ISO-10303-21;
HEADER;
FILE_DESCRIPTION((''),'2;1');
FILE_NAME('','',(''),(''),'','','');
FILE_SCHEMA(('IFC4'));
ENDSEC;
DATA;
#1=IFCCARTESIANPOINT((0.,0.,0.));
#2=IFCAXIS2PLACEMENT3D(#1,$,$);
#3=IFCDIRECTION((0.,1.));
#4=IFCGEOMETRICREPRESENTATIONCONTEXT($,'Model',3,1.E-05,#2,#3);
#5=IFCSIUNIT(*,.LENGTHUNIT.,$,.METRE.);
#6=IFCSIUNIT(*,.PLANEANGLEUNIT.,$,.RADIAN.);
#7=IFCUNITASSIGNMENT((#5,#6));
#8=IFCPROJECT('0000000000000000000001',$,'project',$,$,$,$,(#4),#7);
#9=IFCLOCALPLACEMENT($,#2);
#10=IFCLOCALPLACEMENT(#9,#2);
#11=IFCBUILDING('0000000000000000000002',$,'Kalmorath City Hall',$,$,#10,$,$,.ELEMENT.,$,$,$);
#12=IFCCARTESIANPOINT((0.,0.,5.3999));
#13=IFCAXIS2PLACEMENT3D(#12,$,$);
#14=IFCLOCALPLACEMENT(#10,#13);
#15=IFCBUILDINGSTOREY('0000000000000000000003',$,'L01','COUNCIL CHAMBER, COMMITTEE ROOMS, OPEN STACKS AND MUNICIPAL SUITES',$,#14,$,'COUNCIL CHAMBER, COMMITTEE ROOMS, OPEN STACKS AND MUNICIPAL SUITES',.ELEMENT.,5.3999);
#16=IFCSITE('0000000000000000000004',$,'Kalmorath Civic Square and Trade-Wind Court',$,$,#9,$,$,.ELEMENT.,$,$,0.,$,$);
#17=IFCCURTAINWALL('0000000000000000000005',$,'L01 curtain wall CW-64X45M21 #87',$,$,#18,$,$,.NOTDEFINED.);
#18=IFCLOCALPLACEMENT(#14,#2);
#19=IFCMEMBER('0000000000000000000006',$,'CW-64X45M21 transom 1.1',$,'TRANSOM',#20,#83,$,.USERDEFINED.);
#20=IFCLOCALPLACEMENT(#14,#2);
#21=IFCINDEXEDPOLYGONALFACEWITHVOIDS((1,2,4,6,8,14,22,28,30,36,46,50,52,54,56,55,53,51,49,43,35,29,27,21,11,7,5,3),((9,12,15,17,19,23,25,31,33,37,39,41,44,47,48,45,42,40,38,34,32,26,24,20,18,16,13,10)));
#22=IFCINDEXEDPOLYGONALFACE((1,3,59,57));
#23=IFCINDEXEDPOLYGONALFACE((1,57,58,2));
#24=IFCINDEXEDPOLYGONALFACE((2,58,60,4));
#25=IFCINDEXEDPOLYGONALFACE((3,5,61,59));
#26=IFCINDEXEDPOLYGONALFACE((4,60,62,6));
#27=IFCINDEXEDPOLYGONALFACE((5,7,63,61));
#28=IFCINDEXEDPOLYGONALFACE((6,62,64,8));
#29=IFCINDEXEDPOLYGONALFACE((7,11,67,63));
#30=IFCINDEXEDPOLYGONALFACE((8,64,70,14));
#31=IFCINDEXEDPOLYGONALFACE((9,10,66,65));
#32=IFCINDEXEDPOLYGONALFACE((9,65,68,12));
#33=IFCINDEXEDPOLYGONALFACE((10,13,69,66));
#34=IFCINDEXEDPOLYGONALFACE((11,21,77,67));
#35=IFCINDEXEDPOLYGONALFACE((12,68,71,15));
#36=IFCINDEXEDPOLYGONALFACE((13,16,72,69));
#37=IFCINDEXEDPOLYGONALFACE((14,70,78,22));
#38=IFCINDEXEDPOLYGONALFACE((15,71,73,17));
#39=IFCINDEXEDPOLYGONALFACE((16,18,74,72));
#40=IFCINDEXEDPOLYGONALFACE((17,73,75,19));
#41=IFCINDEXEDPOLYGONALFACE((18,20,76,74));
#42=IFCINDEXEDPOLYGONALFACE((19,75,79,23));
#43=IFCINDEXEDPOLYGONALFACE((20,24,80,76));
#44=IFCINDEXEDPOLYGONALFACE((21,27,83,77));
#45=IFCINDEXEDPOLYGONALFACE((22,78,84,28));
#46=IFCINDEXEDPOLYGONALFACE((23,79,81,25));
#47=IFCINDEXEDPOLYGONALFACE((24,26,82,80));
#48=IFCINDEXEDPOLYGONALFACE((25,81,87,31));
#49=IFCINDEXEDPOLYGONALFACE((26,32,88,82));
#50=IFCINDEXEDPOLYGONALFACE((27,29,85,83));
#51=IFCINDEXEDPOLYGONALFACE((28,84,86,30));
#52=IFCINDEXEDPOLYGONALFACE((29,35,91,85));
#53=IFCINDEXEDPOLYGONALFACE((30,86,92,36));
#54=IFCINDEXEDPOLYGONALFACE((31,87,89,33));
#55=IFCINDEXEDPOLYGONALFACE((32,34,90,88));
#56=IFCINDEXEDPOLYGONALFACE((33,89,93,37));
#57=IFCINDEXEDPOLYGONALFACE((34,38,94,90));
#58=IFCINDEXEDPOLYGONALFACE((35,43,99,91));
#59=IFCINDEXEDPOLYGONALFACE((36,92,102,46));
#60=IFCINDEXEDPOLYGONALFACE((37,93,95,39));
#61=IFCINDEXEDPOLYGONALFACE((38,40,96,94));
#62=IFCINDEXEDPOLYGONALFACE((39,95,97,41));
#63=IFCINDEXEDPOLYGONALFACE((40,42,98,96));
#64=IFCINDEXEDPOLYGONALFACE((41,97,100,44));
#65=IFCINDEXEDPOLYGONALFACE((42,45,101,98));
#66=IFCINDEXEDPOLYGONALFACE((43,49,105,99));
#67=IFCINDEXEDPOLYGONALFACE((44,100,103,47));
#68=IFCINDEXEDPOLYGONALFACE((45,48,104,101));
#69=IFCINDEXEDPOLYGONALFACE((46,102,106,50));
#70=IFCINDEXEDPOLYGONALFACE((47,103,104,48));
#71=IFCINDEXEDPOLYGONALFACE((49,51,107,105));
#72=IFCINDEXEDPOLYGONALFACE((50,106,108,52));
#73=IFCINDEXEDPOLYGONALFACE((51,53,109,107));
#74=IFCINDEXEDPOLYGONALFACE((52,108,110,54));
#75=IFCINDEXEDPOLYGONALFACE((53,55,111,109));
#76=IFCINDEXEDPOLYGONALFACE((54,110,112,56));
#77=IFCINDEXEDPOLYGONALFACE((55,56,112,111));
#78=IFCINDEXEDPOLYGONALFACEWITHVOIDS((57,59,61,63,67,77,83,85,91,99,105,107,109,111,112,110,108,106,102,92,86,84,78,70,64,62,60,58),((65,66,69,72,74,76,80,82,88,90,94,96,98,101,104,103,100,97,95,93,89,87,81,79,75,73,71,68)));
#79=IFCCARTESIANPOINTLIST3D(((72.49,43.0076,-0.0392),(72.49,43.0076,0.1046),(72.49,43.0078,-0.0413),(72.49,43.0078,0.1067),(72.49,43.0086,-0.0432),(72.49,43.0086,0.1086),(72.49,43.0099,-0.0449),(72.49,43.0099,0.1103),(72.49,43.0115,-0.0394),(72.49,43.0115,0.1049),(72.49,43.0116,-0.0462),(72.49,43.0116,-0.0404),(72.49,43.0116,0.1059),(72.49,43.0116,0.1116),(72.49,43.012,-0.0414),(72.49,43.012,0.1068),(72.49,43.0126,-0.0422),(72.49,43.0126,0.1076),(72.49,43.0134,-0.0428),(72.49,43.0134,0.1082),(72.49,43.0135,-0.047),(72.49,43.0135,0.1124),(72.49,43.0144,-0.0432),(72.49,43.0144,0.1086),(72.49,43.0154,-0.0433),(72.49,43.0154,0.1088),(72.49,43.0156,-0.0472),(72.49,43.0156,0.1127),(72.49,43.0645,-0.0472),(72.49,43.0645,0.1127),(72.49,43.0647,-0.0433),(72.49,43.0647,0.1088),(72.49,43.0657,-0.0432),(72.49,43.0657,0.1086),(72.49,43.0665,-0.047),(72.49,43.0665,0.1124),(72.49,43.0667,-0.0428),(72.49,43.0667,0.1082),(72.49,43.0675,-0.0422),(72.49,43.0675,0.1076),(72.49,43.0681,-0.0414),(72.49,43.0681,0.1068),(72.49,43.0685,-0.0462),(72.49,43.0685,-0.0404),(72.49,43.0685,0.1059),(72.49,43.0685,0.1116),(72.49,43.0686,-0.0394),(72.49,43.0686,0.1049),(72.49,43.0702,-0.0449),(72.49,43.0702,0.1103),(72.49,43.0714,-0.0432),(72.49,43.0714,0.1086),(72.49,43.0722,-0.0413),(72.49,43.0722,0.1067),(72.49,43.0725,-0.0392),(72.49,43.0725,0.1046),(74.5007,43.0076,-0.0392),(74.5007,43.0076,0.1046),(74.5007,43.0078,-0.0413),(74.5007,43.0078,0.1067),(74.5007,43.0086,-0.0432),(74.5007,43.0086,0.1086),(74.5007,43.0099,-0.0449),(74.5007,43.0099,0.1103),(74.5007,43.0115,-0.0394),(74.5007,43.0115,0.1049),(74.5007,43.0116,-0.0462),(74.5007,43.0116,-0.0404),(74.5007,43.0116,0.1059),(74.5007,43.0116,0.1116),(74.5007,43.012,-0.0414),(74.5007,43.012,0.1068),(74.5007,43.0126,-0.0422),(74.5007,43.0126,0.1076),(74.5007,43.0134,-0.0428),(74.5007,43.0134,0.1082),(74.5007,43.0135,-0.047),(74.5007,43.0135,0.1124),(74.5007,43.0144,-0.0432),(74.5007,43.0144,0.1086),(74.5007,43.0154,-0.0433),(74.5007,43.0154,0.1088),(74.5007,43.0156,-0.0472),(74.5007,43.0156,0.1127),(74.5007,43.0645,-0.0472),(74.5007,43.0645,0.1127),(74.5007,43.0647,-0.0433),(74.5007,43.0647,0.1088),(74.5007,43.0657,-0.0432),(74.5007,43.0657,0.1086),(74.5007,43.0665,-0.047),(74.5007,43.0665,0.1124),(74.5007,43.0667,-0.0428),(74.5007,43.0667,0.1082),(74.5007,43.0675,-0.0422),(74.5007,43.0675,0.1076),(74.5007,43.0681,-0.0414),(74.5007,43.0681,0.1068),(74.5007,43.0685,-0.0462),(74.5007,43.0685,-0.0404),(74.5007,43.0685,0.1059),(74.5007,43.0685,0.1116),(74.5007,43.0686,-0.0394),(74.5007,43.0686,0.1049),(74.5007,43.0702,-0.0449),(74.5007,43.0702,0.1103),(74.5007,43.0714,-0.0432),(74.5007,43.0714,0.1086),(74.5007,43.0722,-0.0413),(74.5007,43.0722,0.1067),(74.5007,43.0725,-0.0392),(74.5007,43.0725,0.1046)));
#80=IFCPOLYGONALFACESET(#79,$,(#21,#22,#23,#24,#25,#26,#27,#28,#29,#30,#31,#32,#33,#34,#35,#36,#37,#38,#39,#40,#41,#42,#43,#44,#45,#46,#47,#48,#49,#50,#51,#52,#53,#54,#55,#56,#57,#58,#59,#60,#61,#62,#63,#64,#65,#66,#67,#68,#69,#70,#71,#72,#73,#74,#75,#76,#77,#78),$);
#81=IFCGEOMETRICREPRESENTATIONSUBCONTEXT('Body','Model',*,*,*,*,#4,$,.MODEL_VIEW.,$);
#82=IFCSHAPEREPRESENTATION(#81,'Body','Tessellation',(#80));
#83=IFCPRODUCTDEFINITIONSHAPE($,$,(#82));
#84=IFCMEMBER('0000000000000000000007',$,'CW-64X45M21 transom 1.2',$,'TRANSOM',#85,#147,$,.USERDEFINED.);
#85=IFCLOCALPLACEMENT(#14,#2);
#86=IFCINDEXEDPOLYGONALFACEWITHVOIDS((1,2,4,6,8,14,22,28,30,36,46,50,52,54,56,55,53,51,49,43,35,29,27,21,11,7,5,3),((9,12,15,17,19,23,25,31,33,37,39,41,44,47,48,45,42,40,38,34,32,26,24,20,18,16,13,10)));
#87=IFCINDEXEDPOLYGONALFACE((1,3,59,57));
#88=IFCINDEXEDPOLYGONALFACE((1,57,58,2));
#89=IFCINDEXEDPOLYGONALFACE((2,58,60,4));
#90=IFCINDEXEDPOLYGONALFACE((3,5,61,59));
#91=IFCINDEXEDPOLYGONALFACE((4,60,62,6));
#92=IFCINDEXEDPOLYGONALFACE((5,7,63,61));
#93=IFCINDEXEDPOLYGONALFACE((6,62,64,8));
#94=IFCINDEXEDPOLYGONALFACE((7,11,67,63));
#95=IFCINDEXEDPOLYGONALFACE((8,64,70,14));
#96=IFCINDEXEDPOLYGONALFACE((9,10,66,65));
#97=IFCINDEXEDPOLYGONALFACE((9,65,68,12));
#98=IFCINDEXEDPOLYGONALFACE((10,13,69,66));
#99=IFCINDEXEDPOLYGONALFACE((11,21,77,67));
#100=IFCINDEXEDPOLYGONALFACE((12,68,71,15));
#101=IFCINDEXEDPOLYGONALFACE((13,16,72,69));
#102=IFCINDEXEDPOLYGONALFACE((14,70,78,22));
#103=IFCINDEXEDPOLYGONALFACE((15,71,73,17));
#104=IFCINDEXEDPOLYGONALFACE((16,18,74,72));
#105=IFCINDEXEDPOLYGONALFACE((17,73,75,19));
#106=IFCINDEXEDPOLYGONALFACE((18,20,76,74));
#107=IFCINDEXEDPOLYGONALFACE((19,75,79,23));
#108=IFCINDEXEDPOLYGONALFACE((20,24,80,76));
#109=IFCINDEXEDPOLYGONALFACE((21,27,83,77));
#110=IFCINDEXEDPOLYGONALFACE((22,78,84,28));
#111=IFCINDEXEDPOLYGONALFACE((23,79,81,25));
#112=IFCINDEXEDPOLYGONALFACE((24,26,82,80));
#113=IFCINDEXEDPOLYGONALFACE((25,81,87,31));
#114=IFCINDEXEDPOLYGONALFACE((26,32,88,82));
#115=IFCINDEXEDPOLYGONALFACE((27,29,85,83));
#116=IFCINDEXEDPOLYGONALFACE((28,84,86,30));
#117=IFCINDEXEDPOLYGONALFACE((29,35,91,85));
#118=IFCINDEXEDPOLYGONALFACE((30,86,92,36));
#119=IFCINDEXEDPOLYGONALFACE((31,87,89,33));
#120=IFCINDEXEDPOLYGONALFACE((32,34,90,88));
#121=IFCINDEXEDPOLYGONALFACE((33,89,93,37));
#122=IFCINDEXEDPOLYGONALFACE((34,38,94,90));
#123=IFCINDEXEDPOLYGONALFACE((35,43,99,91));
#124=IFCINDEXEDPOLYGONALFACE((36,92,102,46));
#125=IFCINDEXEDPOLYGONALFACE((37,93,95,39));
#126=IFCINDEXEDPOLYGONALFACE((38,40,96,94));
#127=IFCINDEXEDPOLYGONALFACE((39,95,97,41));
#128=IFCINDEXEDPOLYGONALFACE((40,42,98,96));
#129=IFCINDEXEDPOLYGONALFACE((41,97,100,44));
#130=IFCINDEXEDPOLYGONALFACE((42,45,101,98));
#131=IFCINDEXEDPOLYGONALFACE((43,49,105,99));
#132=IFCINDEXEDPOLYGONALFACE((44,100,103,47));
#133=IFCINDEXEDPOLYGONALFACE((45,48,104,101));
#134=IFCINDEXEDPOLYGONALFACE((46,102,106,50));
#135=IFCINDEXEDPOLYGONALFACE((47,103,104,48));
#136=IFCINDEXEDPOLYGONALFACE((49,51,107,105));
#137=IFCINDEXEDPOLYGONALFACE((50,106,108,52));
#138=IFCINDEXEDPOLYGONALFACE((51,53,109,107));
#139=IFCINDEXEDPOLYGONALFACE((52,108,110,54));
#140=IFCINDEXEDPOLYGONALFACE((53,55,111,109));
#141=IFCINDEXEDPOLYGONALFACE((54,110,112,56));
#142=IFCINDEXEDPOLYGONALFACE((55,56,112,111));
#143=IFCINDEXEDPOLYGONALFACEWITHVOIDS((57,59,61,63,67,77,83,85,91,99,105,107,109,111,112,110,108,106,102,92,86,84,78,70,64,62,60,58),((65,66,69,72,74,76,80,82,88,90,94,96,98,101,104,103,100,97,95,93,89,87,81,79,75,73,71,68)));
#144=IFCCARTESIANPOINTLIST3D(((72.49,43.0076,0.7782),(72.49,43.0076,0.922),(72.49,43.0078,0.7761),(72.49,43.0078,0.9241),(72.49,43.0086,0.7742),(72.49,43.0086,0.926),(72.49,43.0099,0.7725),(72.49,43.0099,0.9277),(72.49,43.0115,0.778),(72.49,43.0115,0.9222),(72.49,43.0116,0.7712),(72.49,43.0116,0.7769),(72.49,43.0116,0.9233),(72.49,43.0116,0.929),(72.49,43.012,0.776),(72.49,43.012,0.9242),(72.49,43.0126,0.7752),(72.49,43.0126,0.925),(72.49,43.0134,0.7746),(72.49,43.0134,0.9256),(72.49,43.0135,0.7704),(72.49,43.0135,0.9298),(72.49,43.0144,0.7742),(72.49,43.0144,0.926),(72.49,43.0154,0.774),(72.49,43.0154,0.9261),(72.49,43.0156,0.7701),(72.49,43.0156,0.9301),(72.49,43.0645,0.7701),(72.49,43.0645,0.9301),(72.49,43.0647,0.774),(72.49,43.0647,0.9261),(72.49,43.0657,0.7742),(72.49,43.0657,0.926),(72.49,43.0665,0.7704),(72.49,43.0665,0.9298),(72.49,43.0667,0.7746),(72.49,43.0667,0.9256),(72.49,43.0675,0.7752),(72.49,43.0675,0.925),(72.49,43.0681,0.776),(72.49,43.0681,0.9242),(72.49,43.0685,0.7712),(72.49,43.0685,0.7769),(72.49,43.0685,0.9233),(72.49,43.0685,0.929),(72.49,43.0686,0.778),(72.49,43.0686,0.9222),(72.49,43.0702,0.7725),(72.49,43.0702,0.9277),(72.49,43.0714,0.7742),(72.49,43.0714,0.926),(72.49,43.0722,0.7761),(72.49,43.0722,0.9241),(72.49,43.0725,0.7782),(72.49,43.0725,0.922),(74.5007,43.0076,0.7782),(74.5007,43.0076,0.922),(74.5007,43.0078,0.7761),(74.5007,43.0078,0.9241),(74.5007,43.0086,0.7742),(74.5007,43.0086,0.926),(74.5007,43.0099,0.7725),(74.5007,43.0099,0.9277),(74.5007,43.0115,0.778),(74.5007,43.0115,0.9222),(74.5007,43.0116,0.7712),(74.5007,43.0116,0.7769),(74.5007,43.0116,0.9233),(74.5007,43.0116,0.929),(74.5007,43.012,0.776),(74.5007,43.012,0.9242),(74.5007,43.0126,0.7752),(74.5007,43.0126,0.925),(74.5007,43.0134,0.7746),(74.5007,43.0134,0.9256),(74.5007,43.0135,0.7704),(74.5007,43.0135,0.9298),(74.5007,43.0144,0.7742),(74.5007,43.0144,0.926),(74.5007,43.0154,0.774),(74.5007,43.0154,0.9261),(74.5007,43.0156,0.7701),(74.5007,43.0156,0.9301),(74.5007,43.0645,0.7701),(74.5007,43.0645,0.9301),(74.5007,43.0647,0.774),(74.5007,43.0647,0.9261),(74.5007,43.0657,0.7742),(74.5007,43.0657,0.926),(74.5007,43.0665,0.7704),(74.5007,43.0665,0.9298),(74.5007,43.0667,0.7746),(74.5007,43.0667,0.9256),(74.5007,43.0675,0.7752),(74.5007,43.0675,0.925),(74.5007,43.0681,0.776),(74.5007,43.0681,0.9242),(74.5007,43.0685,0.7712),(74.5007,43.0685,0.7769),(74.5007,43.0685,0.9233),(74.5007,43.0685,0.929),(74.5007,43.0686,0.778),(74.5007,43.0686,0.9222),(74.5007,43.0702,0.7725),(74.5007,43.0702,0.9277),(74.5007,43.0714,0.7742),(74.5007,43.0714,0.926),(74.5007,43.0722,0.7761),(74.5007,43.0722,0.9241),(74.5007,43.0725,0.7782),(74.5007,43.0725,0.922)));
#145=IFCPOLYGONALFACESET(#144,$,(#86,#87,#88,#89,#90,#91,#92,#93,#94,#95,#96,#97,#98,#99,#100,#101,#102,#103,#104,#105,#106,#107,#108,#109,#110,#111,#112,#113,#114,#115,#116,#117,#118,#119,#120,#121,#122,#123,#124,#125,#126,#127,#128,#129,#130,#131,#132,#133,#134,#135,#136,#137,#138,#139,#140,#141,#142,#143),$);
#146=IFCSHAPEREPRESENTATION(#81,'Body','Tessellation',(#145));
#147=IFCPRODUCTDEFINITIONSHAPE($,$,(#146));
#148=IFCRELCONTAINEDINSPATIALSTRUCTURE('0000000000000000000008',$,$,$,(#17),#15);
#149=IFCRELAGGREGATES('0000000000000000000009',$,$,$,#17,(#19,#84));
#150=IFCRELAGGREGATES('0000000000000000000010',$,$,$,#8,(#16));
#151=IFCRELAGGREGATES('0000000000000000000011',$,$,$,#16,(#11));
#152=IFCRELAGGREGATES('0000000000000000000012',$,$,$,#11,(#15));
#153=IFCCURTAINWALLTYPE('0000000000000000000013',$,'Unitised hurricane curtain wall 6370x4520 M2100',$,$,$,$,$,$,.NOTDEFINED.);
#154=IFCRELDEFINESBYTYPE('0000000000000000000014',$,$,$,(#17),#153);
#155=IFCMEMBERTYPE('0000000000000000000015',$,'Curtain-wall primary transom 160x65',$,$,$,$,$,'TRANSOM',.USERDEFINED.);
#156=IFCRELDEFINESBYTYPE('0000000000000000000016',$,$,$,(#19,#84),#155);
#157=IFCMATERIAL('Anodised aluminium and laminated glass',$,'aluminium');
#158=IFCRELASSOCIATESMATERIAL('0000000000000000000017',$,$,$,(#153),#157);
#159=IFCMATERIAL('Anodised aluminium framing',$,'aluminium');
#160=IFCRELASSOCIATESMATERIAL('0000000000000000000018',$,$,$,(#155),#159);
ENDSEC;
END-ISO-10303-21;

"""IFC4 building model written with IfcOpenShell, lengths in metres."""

from ifc_helpers import new_model, si_unit, direction, frame, origin, origin_2d, place, context, subcontext, project, spatial, hollow_rectangle, extrude, material, material_profile, profile_set, type_object, element, aggregate, save


model = new_model("IFC4")

# Units and contexts
model_context = context("Model", 3, precision=1e-05, world=origin(), true_north=direction((0.0, 1.0)))
body_context = subcontext(model_context, "Body", "Model", "MODEL_VIEW")
ifc_project = project(units=[si_unit("LENGTHUNIT", "METRE"), si_unit("PLANEANGLEUNIT", "RADIAN")], contexts=[model_context])

# Site, building, storey
site_placement = place(None, origin())
site = spatial("IfcSite", under=ifc_project, at=site_placement, Name="Kalmorath Civic Square and Trade-Wind Court", CompositionType="ELEMENT", RefElevation=0.0)
building_placement = place(site_placement, origin())
building = spatial("IfcBuilding", under=site, at=building_placement, Name="Kalmorath City Hall", CompositionType="ELEMENT")
storey_placement = place(building_placement, frame((0.0, 0.0, 5.3999)))
storey = spatial("IfcBuildingStorey", under=building, at=storey_placement, Name="L01", Description="COUNCIL CHAMBER, COMMITTEE ROOMS, OPEN STACKS AND MUNICIPAL SUITES", LongName="COUNCIL CHAMBER, COMMITTEE ROOMS, OPEN STACKS AND MUNICIPAL SUITES", CompositionType="ELEMENT", Elevation=5.3999)

# Curtain wall, members
ifc_material_1 = material(Name="Anodised aluminium and laminated glass", Category="aluminium")
curtain_wall_type = type_object("IfcCurtainWallType", Name="Unitised hurricane curtain wall 6370x4520 M2100", PredefinedType="NOTDEFINED", material=ifc_material_1)
curtain_wall_placement = place(storey_placement, origin())
curtain_wall = element("IfcCurtainWall", 1, at=curtain_wall_placement, inside=storey, type_object=curtain_wall_type, Name="L01 curtain wall CW-64X45M21 #87", PredefinedType="NOTDEFINED")
ifc_material_2 = material(Name="Anodised aluminium framing", Category="aluminium")
ifc_material_profile_1 = material_profile(ifc_material_2, hollow_rectangle(XDim=0.0649, YDim=0.1599, WallThickness=0.0039, InnerFilletRadius=0.0039, OuterFilletRadius=0.0081, at=origin_2d()), Name="ALU-TRN-160X65X4")
ifc_profile_set_1 = profile_set([ifc_material_profile_1], Name="Anodised aluminium framing")
member_type_1 = type_object("IfcMemberType", Name="Curtain-wall primary transom 160x65", ElementType="TRANSOM", PredefinedType="USERDEFINED", material=ifc_profile_set_1)
member_1_placement = place(storey_placement, frame((72.49, 43.04, 0.0327), z_axis=(1.0, 0.0, 0.0), x_axis=(0.0, 1.0, 0.0)))
member_1 = element("IfcMember", 2, at=member_1_placement, type_object=member_type_1, Name="CW-64X45M21 transom 1.1", ObjectType="TRANSOM", PredefinedType="USERDEFINED", context=body_context, shape_type="SweptSolid", body=[
    extrude(hollow_rectangle(XDim=0.0649, YDim=0.1599, WallThickness=0.0039, InnerFilletRadius=0.0039, OuterFilletRadius=0.0081, at=origin_2d()), origin(), (0.0, 0.0, 1.0), 2.0107),
])
member_2_placement = place(storey_placement, frame((72.49, 43.04, 0.8501), z_axis=(1.0, 0.0, 0.0), x_axis=(0.0, 1.0, 0.0)))
member_2 = element("IfcMember", 3, at=member_2_placement, type_object=member_type_1, Name="CW-64X45M21 transom 1.2", ObjectType="TRANSOM", PredefinedType="USERDEFINED", context=body_context, shape_type="SweptSolid", body=[
    extrude(hollow_rectangle(XDim=0.0649, YDim=0.1599, WallThickness=0.0039, InnerFilletRadius=0.0039, OuterFilletRadius=0.0081, at=origin_2d()), origin(), (0.0, 0.0, 1.0), 2.0107),
])
aggregate(curtain_wall, [member_1, member_2])

save(model, "model.ifc")
